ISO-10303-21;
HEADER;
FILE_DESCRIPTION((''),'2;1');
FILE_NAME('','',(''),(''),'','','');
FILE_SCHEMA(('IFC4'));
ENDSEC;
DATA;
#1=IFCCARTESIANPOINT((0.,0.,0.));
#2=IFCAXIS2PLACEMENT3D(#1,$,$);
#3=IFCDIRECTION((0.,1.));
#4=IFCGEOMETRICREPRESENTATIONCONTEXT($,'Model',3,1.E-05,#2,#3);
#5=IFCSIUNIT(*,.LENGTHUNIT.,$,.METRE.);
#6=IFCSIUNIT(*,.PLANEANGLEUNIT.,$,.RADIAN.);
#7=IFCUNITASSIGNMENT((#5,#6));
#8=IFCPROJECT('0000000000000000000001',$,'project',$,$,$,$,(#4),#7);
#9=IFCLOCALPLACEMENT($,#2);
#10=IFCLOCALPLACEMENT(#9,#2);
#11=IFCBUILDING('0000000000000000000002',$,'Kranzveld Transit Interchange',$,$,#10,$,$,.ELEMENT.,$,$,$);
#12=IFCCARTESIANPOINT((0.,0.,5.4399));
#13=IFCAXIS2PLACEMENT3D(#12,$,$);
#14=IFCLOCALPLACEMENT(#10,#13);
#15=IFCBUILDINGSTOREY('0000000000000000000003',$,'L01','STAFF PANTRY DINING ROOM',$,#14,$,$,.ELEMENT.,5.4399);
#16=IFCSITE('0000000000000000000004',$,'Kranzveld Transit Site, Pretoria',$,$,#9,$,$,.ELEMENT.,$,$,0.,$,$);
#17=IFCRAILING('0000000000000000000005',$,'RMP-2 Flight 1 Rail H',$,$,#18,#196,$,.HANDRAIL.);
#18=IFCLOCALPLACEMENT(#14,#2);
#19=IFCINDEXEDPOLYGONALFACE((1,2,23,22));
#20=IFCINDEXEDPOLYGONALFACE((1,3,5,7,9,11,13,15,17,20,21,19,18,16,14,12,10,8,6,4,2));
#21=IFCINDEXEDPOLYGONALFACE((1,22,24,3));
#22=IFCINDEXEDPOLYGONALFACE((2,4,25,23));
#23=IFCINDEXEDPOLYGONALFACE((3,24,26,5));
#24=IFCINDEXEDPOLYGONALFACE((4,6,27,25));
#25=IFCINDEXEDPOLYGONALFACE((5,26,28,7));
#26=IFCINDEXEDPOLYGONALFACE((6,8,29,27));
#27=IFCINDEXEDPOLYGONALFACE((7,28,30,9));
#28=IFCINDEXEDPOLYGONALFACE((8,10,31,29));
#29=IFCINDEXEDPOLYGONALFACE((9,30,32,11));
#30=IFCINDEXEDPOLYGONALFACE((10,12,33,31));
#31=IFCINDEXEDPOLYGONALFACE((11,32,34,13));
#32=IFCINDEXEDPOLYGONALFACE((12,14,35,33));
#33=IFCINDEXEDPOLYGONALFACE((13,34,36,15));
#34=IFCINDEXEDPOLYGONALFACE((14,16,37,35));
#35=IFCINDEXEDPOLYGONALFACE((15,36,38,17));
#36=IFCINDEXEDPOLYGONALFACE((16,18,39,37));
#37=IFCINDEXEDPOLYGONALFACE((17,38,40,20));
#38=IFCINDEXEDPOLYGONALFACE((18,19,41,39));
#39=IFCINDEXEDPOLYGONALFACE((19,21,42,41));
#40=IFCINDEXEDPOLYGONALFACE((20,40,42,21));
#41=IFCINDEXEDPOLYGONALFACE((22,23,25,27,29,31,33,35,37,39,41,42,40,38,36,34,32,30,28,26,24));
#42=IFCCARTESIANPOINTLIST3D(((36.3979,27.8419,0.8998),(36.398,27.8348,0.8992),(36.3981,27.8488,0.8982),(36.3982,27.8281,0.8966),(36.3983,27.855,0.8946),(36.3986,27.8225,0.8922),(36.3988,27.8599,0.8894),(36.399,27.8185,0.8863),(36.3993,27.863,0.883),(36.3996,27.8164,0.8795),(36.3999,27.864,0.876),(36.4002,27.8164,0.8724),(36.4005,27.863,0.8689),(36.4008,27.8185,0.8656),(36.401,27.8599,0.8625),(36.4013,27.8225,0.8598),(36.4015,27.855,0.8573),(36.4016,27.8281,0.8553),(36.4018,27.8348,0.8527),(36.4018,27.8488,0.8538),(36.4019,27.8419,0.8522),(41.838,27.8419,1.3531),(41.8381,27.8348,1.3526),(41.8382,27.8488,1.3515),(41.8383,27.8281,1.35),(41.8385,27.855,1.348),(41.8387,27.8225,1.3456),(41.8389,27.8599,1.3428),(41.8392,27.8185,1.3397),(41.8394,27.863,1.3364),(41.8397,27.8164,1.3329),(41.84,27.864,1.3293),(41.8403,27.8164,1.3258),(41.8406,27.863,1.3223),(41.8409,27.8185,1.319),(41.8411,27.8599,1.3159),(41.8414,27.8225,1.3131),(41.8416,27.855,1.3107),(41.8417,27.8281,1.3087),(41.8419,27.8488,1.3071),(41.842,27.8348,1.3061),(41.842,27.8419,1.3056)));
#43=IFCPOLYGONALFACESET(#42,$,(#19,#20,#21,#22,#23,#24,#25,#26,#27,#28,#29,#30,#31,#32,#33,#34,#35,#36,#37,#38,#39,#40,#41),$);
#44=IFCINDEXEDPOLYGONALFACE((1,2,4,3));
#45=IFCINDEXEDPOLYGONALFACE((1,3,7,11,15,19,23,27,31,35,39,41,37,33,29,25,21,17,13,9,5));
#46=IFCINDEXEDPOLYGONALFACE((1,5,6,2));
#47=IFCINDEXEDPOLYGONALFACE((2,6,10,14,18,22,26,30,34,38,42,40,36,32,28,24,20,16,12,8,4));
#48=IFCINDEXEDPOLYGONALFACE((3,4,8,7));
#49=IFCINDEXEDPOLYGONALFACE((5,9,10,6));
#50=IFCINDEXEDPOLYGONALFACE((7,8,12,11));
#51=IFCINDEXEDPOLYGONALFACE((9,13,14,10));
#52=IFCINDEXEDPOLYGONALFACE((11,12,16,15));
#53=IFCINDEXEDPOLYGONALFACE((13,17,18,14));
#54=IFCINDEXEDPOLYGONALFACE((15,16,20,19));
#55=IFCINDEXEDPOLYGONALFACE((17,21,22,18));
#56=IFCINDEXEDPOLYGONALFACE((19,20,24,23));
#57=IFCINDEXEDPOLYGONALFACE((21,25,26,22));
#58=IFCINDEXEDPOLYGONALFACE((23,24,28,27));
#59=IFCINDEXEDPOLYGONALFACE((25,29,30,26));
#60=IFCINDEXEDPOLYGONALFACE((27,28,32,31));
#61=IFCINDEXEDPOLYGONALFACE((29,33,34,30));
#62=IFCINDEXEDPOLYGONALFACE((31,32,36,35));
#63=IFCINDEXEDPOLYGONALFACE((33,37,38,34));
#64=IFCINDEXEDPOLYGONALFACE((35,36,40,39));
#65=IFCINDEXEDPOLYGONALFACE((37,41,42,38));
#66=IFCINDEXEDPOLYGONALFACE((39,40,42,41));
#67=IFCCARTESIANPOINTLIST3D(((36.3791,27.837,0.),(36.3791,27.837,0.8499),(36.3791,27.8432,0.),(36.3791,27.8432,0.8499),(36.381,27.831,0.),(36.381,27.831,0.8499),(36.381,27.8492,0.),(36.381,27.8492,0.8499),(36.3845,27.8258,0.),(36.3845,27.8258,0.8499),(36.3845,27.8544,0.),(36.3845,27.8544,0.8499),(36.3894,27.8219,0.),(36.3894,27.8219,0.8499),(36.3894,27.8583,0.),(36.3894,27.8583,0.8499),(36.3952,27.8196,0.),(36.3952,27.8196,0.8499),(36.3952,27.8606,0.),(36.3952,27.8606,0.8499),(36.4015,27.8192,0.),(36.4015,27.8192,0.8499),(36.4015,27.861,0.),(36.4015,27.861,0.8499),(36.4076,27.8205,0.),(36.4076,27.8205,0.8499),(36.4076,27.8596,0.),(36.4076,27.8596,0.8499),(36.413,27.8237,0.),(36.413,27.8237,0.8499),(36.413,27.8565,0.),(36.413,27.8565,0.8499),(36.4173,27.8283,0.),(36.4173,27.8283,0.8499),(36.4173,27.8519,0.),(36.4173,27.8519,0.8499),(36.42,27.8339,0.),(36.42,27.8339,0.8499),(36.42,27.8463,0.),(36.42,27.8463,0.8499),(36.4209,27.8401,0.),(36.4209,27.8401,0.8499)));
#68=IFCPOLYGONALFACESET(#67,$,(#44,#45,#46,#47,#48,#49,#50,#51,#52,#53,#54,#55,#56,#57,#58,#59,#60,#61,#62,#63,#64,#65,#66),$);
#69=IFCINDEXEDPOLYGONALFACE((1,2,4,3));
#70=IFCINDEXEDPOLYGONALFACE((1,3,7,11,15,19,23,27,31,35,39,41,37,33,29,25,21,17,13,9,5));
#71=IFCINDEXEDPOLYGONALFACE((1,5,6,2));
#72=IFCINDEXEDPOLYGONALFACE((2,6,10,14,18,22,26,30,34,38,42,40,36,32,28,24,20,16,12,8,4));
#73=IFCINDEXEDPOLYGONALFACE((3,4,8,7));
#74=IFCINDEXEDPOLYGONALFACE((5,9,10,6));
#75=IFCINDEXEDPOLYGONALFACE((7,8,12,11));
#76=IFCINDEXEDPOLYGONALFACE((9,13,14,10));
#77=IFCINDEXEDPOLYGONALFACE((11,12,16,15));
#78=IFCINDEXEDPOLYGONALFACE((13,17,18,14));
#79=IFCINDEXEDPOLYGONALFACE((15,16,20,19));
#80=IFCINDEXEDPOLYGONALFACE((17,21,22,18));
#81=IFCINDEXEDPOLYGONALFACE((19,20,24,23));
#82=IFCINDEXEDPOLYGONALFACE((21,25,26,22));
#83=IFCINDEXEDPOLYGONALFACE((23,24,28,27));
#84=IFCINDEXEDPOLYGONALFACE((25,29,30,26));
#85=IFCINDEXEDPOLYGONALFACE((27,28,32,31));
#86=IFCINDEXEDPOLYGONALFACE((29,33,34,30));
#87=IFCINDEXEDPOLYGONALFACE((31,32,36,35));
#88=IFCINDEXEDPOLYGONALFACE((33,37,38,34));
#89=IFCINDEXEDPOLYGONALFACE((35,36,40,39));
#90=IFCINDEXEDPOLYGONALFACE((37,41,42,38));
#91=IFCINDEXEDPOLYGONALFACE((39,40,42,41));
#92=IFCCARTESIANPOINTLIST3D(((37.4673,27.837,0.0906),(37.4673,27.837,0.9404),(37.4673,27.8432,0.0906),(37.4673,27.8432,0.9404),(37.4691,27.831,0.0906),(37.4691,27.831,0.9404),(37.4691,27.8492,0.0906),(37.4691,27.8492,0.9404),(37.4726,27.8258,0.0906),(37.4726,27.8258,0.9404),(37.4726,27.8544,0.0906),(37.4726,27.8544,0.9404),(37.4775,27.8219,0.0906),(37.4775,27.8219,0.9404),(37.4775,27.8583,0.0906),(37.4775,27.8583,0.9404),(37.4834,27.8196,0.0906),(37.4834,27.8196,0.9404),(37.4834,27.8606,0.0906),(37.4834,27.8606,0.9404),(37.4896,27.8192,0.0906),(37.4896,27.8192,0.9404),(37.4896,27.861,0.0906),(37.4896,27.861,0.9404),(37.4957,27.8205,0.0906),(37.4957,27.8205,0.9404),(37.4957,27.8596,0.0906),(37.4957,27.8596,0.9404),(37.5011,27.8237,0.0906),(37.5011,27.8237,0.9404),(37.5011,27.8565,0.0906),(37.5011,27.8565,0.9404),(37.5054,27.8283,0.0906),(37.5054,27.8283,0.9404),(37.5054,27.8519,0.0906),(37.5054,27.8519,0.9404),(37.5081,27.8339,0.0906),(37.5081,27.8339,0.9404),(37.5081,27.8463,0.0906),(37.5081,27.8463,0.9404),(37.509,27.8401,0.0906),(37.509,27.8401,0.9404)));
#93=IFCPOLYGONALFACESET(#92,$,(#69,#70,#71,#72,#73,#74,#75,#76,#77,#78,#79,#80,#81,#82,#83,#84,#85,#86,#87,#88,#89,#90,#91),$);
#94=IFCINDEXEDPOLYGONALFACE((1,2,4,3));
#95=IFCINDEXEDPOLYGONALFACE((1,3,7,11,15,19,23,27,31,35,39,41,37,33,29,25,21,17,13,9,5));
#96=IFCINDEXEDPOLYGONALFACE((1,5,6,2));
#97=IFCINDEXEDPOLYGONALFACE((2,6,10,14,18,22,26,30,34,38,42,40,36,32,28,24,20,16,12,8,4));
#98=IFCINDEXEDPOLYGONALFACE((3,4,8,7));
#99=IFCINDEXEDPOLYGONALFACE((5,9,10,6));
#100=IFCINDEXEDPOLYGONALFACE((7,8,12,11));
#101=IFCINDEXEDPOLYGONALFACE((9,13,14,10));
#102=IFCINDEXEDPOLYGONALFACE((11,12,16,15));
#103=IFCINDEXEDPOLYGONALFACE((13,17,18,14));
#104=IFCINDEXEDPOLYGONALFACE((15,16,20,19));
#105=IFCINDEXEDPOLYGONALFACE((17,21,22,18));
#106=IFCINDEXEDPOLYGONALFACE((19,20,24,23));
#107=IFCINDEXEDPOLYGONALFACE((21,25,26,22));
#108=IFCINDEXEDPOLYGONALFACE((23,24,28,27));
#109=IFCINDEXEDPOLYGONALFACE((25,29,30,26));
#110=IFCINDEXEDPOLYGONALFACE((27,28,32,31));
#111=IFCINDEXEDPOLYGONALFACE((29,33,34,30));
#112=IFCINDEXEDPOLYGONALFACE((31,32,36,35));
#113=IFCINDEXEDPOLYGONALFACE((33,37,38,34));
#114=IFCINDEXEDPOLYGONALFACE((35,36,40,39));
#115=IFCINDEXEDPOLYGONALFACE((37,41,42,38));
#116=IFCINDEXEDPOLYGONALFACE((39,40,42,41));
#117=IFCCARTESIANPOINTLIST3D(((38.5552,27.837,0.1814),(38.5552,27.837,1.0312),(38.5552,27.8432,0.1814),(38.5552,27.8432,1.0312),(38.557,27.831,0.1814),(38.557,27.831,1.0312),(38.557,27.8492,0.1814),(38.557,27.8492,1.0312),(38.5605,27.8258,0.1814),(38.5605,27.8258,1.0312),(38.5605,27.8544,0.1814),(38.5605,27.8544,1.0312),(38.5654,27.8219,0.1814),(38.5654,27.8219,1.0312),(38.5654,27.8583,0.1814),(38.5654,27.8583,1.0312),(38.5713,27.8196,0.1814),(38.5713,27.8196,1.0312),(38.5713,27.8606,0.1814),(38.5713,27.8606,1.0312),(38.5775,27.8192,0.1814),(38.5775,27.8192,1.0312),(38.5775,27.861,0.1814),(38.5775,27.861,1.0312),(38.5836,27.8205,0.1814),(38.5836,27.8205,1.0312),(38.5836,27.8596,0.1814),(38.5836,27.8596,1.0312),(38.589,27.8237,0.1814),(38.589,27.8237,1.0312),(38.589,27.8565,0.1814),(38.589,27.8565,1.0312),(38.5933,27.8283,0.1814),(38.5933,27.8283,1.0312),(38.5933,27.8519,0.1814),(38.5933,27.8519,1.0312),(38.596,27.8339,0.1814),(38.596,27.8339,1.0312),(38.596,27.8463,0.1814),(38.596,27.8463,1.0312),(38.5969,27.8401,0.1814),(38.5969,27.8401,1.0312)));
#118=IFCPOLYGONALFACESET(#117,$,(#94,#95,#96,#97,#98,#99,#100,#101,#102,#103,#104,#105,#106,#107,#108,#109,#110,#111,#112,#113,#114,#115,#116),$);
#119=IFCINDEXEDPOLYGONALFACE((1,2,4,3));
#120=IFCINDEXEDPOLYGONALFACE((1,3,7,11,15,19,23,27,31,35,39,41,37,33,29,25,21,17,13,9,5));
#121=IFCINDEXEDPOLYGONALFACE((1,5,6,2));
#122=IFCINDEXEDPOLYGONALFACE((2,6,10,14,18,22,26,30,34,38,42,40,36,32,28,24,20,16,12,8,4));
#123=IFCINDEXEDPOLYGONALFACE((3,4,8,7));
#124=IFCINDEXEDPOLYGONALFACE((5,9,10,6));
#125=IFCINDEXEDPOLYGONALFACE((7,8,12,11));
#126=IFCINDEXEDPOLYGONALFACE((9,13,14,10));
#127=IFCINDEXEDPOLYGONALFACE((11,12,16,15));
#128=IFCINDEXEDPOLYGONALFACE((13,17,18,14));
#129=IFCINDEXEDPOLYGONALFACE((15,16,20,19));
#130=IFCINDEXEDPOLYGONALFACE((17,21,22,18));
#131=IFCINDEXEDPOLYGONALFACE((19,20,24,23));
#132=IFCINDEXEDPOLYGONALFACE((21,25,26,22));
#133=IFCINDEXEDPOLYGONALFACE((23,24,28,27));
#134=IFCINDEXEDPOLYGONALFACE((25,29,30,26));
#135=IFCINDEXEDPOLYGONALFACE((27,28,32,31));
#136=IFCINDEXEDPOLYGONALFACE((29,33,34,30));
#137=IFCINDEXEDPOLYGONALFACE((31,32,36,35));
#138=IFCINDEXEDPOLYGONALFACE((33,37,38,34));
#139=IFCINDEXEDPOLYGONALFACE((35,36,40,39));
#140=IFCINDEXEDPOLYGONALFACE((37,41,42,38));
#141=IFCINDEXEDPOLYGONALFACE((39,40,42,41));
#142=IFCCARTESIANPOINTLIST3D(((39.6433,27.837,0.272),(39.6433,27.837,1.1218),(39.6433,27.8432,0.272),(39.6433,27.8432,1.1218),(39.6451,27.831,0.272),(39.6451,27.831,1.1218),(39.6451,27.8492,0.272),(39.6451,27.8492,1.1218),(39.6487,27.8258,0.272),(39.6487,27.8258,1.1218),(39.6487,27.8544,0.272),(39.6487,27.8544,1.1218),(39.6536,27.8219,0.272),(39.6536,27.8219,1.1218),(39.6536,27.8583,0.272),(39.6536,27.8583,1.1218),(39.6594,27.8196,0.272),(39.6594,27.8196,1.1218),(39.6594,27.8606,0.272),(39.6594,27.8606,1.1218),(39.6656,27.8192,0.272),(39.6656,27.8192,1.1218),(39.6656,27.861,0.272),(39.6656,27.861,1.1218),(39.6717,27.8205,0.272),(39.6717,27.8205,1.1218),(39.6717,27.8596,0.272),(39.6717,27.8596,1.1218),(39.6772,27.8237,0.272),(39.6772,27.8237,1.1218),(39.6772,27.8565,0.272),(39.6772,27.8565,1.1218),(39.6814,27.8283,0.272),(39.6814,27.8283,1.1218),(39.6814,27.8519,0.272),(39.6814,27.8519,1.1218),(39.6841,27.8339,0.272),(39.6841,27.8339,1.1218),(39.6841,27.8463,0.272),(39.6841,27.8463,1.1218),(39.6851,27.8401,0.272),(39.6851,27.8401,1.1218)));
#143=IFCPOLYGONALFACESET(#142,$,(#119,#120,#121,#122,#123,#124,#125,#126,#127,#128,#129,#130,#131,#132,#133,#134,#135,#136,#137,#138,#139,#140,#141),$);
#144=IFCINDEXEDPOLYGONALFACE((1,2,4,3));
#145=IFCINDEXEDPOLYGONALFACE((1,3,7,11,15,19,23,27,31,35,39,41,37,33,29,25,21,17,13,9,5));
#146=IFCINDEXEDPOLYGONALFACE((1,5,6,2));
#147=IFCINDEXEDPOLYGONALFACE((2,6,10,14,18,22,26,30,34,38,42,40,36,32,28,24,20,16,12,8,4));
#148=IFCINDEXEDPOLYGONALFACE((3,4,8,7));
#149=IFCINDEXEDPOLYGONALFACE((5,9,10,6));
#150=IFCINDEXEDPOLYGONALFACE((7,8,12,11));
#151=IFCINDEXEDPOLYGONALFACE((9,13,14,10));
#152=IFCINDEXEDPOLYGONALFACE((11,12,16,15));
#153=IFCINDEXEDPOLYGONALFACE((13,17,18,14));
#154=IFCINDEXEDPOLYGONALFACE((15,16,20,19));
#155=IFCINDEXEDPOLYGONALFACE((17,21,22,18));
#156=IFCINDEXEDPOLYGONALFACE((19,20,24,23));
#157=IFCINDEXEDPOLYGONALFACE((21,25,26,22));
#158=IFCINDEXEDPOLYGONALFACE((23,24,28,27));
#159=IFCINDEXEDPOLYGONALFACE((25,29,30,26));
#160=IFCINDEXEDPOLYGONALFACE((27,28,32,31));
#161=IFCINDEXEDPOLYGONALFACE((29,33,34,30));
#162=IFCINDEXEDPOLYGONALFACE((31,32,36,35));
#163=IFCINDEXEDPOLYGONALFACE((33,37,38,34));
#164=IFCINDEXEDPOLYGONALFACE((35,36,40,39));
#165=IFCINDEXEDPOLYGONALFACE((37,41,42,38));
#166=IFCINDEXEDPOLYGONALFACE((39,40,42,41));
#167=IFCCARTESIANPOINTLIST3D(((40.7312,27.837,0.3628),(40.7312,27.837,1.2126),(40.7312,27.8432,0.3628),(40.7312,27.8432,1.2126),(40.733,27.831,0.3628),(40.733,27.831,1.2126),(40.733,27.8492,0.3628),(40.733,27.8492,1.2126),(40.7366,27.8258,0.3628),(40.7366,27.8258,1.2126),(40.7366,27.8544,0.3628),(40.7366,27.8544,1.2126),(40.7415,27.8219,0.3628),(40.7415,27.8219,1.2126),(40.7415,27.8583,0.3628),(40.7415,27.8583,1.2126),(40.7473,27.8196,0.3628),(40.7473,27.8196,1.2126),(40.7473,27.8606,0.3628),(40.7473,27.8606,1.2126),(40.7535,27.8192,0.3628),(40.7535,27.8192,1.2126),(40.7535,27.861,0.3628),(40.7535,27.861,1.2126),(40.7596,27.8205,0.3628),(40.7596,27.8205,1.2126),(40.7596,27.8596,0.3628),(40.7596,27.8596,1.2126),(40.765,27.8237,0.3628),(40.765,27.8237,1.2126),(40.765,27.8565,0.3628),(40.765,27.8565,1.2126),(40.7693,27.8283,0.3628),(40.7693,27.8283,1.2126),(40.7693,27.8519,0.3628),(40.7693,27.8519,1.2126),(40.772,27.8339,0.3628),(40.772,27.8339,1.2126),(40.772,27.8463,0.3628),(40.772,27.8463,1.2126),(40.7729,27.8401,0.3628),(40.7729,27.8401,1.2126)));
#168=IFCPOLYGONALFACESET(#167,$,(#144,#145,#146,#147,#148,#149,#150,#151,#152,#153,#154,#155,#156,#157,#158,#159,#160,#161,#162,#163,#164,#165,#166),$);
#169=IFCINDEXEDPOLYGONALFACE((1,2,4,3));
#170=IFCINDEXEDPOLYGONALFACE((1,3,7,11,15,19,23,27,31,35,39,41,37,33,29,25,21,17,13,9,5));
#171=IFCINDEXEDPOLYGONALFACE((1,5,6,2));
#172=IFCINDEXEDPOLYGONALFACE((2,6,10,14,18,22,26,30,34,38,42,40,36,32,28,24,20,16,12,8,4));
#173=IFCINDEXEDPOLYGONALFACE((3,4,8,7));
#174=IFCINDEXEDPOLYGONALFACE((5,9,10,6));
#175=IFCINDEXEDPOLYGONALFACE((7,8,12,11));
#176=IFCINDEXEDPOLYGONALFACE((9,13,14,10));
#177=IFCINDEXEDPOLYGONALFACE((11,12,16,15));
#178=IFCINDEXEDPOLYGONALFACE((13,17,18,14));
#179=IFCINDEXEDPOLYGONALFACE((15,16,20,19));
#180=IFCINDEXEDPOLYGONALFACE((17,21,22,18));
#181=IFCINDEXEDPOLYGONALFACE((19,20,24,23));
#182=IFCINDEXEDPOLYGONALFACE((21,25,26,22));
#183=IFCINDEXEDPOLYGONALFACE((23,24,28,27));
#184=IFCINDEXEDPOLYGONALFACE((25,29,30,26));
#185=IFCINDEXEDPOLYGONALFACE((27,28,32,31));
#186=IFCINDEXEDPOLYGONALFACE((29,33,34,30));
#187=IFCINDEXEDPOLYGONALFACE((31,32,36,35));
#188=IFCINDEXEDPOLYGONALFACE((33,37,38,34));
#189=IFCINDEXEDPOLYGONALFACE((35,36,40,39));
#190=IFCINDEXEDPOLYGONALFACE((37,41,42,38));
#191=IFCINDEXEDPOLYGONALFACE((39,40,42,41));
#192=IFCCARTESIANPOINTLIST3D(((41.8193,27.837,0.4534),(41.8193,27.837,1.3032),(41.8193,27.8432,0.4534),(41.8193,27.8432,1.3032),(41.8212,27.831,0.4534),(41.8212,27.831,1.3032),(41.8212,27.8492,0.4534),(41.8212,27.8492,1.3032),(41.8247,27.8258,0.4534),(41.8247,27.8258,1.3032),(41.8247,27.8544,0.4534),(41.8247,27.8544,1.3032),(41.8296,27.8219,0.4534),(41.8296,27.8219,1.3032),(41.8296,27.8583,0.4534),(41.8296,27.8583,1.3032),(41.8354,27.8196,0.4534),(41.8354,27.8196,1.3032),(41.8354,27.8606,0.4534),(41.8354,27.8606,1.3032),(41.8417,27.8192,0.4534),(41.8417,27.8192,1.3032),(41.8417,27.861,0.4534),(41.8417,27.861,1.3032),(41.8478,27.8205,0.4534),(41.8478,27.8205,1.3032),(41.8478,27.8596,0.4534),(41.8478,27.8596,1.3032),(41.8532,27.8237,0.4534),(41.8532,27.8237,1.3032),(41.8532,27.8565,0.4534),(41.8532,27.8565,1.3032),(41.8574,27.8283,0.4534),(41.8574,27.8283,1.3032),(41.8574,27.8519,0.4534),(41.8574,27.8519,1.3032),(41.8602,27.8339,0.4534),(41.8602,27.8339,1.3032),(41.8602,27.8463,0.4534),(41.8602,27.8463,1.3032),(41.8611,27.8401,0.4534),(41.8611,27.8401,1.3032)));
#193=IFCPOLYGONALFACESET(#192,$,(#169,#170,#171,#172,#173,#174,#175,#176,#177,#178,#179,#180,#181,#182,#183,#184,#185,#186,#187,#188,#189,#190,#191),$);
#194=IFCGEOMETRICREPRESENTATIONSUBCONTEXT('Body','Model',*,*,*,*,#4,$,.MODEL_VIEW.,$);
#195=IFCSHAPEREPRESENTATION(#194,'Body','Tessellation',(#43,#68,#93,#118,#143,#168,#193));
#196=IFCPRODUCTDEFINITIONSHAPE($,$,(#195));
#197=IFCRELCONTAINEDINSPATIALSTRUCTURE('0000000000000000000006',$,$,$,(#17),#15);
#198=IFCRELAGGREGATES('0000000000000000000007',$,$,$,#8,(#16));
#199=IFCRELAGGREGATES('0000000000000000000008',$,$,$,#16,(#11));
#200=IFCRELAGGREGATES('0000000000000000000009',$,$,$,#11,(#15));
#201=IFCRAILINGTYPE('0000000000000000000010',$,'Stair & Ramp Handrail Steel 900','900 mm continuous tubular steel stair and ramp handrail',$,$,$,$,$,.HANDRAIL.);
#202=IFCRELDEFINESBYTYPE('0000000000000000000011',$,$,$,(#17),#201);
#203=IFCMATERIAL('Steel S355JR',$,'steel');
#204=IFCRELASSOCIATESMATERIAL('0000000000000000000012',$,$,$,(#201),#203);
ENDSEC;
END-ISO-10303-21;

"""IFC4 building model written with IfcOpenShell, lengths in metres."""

from ifc_helpers import new_model, si_unit, direction, frame, origin, origin_2d, place, context, subcontext, project, spatial, circle, extrude, material, type_object, element, save


model = new_model("IFC4")

# Units and contexts
model_context = context("Model", 3, precision=1e-05, world=origin(), true_north=direction((0.0, 1.0)))
body_context = subcontext(model_context, "Body", "Model", "MODEL_VIEW")
ifc_project = project(units=[si_unit("LENGTHUNIT", "METRE"), si_unit("PLANEANGLEUNIT", "RADIAN")], contexts=[model_context])

# Site, building, storey
site_placement = place(None, origin())
site = spatial("IfcSite", under=ifc_project, at=site_placement, Name="Kranzveld Transit Site, Pretoria", CompositionType="ELEMENT", RefElevation=0.0)
building_placement = place(site_placement, origin())
building = spatial("IfcBuilding", under=site, at=building_placement, Name="Kranzveld Transit Interchange", CompositionType="ELEMENT")
storey_placement = place(building_placement, frame((0.0, 0.0, 5.4399)))
storey = spatial("IfcBuildingStorey", under=building, at=storey_placement, Name="L01", Description="STAFF PANTRY DINING ROOM", CompositionType="ELEMENT", Elevation=5.4399)

# Railing
ifc_material_1 = material(Name="Steel S355JR", Category="steel")
railing_type_1 = type_object("IfcRailingType", Name="Stair & Ramp Handrail Steel 900", Description="900 mm continuous tubular steel stair and ramp handrail", PredefinedType="HANDRAIL", material=ifc_material_1)
for number, where, name in (
    (1, (36.3999, 27.8401, 0.0), "RMP-2 Flight 1 Rail H"),
):
    element("IfcRailing", number, at=place(storey_placement, frame(where)), inside=storey, type_object=railing_type_1, Name=name, PredefinedType="HANDRAIL", context=body_context, shape_type="SweptSolid", body=[
        extrude(circle(Radius=0.0239, at=origin_2d()), frame((0.0, 0.0, 0.876), z_axis=(0.996545, 0.0, 0.083049), x_axis=(0.0, 1.0, 0.0)), (0.0, 0.0, 1.0), 5.459),
        extrude(circle(Radius=0.021, at=origin_2d()), origin(), (0.0, 0.0, 1.0), 0.8499),
        extrude(circle(Radius=0.021, at=origin_2d()), frame((1.0881, 0.0, 0.0906)), (0.0, 0.0, 1.0), 0.8499),
        extrude(circle(Radius=0.021, at=origin_2d()), frame((2.176, 0.0, 0.1814)), (0.0, 0.0, 1.0), 0.8499),
        extrude(circle(Radius=0.021, at=origin_2d()), frame((3.2642, 0.0, 0.272)), (0.0, 0.0, 1.0), 0.8499),
        extrude(circle(Radius=0.021, at=origin_2d()), frame((4.3521, 0.0, 0.3628)), (0.0, 0.0, 1.0), 0.8499),
        extrude(circle(Radius=0.021, at=origin_2d()), frame((5.4402, 0.0, 0.4534)), (0.0, 0.0, 1.0), 0.8499),
    ])

save(model, "model.ifc")
